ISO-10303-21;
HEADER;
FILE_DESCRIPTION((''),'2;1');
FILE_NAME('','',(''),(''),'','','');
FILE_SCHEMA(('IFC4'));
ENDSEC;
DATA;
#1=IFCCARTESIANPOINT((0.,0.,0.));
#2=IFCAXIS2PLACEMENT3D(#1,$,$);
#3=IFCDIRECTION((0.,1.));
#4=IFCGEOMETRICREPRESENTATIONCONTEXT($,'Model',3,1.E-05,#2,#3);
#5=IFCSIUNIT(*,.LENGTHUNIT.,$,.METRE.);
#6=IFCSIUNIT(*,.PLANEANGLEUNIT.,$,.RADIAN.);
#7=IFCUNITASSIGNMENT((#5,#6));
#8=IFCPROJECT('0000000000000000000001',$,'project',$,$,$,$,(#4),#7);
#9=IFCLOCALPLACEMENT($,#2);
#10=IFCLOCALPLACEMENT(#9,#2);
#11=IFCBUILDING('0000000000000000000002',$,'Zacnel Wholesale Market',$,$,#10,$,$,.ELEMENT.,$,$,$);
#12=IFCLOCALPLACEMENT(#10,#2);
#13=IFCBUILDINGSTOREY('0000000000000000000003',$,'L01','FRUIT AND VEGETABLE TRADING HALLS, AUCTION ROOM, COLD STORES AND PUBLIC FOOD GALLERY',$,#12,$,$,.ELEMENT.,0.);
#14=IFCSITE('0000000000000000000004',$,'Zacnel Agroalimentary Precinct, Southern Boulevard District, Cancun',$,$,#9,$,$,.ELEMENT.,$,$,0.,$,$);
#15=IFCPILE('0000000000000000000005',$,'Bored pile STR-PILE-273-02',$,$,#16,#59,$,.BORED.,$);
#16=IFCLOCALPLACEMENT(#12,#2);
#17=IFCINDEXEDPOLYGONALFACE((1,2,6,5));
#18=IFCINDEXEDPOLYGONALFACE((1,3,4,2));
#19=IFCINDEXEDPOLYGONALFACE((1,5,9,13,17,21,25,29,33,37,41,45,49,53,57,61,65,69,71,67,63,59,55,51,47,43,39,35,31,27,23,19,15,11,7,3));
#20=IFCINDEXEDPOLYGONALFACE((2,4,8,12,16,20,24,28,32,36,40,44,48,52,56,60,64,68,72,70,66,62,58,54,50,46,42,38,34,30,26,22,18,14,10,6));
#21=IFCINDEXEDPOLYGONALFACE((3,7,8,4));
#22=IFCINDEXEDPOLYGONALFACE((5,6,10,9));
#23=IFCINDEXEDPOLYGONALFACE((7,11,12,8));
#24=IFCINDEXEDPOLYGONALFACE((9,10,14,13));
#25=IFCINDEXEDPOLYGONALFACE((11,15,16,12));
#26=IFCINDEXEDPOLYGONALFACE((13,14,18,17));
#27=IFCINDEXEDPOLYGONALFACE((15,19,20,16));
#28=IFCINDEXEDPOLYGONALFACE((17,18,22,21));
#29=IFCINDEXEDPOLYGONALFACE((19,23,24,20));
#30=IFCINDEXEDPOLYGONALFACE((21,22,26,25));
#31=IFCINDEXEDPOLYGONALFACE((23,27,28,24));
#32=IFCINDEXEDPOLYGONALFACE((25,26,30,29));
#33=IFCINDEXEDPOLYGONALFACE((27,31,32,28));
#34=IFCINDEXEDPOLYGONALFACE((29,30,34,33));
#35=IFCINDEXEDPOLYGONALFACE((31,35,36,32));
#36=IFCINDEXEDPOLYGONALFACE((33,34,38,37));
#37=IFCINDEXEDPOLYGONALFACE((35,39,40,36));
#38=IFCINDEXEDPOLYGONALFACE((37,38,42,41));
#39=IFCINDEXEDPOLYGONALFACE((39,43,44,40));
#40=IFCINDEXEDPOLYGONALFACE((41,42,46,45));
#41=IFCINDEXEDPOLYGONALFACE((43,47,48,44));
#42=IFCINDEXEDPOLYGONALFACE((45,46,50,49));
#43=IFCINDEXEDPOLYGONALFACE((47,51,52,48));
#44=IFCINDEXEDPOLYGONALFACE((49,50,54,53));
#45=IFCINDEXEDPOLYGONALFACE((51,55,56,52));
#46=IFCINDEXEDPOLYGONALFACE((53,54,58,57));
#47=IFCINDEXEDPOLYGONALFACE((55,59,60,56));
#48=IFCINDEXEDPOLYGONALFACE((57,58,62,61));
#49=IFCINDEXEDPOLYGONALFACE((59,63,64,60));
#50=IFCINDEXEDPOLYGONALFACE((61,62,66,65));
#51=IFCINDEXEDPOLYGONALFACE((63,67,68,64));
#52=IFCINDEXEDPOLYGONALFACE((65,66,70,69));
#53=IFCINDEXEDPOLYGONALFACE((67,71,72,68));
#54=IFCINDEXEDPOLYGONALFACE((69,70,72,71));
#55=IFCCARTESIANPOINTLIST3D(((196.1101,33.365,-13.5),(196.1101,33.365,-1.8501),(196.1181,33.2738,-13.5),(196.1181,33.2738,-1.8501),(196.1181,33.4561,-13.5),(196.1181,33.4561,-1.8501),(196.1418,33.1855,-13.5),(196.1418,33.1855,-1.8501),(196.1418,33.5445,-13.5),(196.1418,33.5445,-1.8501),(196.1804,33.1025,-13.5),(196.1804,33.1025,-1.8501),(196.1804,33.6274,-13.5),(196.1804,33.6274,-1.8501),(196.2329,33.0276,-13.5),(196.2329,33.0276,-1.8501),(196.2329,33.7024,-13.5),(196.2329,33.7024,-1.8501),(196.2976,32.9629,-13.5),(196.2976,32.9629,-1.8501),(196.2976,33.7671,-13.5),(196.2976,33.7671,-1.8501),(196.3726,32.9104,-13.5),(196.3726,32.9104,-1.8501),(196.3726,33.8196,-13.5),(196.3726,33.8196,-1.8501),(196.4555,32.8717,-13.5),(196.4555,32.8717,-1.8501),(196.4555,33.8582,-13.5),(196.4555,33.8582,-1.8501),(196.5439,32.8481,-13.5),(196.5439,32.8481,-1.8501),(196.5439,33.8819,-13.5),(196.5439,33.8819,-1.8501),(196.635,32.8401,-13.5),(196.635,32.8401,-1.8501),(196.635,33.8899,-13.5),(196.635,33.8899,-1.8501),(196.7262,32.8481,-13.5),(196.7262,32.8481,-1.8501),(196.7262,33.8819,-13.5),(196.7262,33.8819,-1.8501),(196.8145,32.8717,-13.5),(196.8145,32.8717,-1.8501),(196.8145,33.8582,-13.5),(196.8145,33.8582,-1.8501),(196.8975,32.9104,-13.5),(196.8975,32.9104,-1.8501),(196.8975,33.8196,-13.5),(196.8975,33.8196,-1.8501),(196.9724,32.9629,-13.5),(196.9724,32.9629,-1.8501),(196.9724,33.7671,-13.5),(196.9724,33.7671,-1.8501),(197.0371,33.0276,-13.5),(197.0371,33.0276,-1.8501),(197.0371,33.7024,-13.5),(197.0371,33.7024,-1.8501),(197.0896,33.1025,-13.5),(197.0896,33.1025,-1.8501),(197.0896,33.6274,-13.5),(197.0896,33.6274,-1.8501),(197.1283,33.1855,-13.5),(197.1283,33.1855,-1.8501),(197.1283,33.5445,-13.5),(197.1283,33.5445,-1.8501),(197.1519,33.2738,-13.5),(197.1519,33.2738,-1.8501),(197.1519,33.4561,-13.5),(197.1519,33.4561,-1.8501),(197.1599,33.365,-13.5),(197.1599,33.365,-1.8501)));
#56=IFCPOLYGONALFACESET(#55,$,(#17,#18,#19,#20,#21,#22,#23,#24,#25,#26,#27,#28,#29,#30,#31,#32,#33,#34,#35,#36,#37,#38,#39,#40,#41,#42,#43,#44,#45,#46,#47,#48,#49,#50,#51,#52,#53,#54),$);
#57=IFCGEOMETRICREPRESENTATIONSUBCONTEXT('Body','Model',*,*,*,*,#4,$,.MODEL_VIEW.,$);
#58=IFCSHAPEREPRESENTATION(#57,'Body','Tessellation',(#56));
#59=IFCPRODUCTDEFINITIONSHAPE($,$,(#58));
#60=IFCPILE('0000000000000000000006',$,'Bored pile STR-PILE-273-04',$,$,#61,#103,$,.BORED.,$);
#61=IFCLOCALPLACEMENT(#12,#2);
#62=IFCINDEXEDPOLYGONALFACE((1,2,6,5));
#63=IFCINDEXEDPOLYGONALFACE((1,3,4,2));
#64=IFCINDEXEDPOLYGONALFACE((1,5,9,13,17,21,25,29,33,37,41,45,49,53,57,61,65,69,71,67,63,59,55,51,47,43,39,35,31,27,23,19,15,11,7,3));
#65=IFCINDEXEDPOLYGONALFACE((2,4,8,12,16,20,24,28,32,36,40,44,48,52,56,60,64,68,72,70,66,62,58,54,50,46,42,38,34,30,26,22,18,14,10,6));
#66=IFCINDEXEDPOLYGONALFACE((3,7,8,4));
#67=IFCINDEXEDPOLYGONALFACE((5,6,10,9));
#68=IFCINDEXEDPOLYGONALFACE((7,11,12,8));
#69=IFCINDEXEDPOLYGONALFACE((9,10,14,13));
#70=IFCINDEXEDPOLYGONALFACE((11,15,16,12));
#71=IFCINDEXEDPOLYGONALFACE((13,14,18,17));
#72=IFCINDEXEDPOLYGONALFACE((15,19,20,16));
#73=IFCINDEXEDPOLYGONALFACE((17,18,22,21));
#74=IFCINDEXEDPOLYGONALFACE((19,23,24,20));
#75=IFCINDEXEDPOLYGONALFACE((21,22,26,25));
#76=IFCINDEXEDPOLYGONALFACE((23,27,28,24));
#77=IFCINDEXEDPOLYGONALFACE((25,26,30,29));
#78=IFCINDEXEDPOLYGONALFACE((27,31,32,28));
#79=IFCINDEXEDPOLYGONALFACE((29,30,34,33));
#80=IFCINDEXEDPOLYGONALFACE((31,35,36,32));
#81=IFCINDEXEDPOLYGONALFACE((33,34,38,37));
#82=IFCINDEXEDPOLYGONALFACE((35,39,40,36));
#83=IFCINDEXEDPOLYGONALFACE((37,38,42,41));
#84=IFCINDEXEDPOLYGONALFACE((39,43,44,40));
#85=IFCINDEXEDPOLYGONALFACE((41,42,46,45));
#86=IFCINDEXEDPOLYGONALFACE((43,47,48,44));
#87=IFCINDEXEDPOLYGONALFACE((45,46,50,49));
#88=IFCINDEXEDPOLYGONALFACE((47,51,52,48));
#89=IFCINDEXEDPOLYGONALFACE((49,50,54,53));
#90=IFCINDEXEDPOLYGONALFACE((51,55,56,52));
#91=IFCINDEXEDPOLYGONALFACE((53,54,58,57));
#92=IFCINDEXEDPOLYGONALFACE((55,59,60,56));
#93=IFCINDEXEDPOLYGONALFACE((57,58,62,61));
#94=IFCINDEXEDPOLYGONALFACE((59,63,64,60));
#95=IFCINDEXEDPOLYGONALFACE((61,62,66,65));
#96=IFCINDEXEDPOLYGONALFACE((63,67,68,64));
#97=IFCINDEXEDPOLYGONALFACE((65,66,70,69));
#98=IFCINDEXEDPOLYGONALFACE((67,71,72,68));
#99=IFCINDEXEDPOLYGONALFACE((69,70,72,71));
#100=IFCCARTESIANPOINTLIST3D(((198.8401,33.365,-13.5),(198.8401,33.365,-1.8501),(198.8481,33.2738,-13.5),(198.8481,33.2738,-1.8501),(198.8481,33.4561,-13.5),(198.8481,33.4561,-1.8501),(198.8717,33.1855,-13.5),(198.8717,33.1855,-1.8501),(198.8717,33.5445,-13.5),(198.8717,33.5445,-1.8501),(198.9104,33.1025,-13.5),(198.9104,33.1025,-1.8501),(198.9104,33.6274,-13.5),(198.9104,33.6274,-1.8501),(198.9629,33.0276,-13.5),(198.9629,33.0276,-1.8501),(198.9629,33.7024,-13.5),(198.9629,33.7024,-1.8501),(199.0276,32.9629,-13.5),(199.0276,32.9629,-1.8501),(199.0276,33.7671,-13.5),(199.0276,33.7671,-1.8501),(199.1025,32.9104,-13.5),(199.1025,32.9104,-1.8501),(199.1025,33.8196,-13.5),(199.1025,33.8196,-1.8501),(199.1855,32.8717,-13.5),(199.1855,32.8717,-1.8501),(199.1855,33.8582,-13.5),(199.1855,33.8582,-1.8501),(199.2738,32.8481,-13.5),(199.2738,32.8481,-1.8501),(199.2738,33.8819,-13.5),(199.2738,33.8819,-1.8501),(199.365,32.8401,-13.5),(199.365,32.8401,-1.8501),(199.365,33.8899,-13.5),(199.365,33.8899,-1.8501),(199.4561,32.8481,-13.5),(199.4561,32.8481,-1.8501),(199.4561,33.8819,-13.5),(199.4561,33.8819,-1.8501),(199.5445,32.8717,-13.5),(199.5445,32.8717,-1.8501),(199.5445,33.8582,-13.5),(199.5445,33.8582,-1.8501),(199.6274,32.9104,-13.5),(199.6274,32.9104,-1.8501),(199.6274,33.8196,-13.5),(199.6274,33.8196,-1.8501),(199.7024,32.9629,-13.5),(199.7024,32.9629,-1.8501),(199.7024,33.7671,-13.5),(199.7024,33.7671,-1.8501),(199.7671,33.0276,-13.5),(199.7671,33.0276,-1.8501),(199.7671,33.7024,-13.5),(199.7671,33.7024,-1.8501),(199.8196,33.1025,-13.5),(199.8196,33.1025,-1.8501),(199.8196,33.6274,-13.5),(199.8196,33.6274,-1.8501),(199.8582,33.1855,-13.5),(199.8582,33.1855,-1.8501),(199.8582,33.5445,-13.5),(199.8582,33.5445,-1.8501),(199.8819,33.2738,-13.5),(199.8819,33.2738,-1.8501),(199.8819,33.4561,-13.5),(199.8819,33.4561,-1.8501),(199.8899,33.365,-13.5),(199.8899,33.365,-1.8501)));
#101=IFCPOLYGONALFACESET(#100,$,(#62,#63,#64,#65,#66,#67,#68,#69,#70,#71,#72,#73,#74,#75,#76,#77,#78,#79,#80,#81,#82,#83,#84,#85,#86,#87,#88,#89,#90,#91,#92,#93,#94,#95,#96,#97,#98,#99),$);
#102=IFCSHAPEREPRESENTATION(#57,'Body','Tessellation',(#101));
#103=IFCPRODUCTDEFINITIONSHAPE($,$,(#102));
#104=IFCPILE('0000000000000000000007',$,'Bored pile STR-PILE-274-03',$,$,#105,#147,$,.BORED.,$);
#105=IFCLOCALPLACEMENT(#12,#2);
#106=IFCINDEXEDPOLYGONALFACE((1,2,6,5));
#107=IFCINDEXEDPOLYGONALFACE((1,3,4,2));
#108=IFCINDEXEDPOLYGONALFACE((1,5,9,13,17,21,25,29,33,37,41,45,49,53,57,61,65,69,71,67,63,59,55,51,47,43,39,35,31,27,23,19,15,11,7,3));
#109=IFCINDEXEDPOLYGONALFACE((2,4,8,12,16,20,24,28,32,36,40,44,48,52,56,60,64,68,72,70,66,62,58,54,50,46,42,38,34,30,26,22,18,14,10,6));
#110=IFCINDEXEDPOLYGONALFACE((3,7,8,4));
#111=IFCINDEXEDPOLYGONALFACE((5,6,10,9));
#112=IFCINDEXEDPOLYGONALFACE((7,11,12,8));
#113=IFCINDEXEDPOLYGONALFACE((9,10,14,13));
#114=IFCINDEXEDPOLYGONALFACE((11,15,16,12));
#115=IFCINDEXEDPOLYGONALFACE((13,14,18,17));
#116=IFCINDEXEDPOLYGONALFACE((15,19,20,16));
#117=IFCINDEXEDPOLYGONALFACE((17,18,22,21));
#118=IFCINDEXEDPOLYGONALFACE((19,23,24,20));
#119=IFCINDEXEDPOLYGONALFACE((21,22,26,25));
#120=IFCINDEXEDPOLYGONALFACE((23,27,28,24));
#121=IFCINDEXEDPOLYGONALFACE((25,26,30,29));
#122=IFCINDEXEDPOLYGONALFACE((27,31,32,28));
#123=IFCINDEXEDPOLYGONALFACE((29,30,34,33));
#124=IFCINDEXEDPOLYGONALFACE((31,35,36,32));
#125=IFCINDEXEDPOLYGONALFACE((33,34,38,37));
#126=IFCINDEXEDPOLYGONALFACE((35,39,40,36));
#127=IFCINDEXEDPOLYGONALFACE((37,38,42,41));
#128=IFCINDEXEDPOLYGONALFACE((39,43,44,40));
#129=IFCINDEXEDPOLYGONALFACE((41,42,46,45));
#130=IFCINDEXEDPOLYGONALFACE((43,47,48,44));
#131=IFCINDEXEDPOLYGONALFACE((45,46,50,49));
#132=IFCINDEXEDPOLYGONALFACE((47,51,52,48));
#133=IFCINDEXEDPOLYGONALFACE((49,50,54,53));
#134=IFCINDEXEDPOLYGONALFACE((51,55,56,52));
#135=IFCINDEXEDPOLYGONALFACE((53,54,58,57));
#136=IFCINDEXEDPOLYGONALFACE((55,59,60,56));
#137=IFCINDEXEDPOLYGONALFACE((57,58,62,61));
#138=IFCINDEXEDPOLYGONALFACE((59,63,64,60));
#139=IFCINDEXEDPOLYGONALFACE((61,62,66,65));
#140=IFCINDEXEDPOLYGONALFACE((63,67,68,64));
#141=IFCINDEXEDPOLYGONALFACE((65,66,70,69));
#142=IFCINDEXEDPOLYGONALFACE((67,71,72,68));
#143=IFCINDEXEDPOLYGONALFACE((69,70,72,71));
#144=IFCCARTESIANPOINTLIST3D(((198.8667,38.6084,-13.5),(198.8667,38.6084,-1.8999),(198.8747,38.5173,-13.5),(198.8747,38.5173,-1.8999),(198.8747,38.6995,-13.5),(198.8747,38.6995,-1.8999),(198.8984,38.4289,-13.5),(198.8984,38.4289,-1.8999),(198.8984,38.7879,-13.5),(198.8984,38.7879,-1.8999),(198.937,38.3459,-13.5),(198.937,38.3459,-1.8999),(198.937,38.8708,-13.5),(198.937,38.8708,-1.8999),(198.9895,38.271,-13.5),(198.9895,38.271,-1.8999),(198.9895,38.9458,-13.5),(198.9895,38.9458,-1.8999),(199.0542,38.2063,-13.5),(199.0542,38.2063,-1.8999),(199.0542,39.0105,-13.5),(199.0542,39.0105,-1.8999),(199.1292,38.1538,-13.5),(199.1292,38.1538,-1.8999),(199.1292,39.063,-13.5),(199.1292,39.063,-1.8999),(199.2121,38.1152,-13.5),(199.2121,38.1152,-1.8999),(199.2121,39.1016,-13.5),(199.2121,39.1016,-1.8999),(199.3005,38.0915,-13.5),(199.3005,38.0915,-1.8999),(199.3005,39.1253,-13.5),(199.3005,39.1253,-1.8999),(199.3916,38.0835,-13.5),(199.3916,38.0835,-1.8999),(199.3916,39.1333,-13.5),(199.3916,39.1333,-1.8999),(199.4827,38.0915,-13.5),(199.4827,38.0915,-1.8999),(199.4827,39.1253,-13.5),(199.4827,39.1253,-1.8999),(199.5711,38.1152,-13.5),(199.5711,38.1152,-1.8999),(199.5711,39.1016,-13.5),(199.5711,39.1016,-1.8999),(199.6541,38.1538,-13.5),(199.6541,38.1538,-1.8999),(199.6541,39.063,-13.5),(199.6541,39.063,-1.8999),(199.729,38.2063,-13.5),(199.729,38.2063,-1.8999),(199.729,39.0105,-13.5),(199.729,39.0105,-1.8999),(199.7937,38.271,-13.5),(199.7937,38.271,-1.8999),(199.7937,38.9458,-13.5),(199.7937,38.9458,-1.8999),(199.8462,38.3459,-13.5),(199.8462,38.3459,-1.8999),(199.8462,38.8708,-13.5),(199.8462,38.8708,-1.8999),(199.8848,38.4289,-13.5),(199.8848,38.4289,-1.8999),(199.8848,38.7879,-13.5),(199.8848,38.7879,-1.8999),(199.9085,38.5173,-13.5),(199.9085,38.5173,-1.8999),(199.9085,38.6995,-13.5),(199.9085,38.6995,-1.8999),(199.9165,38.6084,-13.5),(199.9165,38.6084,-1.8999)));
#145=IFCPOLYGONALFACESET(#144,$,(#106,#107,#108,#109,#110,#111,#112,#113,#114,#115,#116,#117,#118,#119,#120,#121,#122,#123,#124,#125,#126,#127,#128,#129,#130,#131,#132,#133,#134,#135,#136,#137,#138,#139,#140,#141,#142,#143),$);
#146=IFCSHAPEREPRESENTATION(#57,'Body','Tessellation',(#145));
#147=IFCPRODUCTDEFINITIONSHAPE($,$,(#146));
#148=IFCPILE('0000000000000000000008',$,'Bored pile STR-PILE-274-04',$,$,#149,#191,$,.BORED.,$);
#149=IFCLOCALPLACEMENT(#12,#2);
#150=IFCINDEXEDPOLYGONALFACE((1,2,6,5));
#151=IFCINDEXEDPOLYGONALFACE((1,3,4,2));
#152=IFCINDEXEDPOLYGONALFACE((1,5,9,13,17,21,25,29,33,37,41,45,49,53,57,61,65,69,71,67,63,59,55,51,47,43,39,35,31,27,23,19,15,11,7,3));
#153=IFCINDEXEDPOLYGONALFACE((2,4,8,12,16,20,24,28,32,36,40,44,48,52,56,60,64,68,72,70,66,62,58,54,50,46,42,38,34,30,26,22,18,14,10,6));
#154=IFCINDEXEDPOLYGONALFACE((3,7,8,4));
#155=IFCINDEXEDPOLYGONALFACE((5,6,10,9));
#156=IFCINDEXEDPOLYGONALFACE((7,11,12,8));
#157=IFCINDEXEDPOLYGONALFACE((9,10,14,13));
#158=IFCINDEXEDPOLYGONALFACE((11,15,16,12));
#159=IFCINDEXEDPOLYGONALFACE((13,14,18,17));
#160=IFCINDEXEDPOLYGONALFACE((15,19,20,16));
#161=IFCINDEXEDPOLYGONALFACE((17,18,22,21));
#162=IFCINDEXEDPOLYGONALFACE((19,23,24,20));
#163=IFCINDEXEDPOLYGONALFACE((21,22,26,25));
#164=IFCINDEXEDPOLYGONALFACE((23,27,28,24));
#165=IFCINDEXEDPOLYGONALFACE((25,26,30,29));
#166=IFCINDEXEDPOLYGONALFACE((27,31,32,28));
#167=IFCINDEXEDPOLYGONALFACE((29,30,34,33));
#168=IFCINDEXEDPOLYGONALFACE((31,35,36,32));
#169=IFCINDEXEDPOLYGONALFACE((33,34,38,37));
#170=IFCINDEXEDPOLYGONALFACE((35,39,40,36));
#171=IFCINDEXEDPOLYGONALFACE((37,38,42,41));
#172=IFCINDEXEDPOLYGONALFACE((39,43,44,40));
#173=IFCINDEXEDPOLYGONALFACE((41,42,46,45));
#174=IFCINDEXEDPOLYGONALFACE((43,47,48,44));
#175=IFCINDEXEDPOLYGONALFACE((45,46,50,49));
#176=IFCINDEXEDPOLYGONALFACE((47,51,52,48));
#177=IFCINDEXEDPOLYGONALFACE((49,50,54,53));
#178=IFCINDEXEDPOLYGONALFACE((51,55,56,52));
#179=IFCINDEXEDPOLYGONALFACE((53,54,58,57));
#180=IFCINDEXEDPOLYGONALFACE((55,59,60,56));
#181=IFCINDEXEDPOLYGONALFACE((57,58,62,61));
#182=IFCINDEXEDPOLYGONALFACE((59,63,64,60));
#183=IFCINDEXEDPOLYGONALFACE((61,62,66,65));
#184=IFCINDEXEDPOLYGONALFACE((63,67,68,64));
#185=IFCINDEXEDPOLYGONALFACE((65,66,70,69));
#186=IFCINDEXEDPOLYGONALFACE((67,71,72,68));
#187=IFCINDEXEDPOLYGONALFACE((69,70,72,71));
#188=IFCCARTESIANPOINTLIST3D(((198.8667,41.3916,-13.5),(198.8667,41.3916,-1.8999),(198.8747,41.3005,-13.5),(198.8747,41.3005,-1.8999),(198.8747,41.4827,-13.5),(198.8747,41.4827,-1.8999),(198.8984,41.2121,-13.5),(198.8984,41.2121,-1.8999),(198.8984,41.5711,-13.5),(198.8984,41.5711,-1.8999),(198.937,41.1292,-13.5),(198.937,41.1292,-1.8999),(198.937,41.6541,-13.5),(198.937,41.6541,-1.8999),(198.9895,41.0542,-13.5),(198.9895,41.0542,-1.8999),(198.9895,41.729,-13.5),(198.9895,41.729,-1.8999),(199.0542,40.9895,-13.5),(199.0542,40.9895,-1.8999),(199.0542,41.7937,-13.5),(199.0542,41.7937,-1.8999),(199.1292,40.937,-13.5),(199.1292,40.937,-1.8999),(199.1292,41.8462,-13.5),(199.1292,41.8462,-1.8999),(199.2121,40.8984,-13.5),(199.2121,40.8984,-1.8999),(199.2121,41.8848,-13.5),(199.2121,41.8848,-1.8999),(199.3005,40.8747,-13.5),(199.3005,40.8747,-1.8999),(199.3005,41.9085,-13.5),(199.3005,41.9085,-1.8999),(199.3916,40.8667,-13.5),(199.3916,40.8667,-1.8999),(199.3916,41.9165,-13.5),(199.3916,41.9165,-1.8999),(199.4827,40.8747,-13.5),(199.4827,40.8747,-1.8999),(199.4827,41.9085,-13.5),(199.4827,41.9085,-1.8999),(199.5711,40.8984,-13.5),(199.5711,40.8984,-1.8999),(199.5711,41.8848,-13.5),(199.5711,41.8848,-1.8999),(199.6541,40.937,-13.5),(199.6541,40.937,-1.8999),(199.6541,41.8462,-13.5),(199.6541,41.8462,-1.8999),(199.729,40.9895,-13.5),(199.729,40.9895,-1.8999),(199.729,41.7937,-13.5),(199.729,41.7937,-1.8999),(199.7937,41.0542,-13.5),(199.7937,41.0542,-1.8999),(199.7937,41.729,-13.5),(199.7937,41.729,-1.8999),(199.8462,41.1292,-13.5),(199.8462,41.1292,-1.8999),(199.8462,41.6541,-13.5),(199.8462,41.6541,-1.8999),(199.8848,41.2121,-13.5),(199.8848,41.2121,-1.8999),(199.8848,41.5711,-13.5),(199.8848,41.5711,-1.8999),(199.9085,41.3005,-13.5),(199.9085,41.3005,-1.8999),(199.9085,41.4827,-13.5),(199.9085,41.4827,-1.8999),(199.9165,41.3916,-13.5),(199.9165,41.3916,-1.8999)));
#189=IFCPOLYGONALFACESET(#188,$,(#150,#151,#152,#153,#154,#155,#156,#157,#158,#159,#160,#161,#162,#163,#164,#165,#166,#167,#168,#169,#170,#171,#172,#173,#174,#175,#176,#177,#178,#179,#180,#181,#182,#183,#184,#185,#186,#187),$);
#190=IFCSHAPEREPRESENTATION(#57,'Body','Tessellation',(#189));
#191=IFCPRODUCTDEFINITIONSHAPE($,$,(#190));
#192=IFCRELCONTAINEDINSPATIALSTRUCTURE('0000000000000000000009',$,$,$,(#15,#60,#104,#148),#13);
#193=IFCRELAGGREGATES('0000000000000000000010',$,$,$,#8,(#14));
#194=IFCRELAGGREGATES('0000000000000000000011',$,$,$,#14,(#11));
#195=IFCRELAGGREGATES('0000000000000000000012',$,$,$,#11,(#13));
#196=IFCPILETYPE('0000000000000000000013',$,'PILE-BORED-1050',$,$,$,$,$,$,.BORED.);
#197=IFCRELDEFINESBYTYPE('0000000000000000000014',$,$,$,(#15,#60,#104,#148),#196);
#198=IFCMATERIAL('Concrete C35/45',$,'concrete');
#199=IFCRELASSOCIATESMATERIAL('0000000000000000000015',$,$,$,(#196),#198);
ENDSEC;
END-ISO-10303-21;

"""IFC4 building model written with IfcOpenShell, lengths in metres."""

from ifc_helpers import new_model, si_unit, direction, frame, origin, origin_2d, place, context, subcontext, project, spatial, circle, extrude, material, material_profile, profile_set, type_object, element, save


model = new_model("IFC4")

# Units and contexts
model_context = context("Model", 3, precision=1e-05, world=origin(), true_north=direction((0.0, 1.0)))
body_context = subcontext(model_context, "Body", "Model", "MODEL_VIEW")
ifc_project = project(units=[si_unit("LENGTHUNIT", "METRE"), si_unit("PLANEANGLEUNIT", "RADIAN")], contexts=[model_context])

# Site, building, storey
site_placement = place(None, origin())
site = spatial("IfcSite", under=ifc_project, at=site_placement, Name="Zacnel Agroalimentary Precinct, Southern Boulevard District, Cancun", CompositionType="ELEMENT", RefElevation=0.0)
building_placement = place(site_placement, origin())
building = spatial("IfcBuilding", under=site, at=building_placement, Name="Zacnel Wholesale Market", CompositionType="ELEMENT")
storey_placement = place(building_placement, origin())
storey = spatial("IfcBuildingStorey", under=building, at=storey_placement, Name="L01", Description="FRUIT AND VEGETABLE TRADING HALLS, AUCTION ROOM, COLD STORES AND PUBLIC FOOD GALLERY", CompositionType="ELEMENT", Elevation=0.0)

# Piles
ifc_material_1 = material(Name="Concrete C35/45", Category="concrete")
ifc_material_profile_1 = material_profile(ifc_material_1, circle(Radius=0.5249, at=origin_2d()), Name="BORED PILE D1050")
ifc_profile_set_1 = profile_set([ifc_material_profile_1], Name="Concrete C35/45")
pile_type = type_object("IfcPileType", Name="PILE-BORED-1050", PredefinedType="BORED", material=ifc_profile_set_1)
for number, where, z_axis, x_axis, name in (
    (1, (196.635, 33.365, -1.8501), (0.0, 0.0, -1.0), (1.0, 0.0, 0.0), "Bored pile STR-PILE-273-02"),
    (2, (199.365, 33.365, -1.8501), (0.0, 0.0, -1.0), (1.0, 0.0, 0.0), "Bored pile STR-PILE-273-04"),
):
    element("IfcPile", number, at=place(storey_placement, frame(where, z_axis=z_axis, x_axis=x_axis)), inside=storey, type_object=pile_type, Name=name, PredefinedType="BORED", context=body_context, shape_type="SweptSolid", body=[
        extrude(circle(Radius=0.5249, at=origin_2d()), origin(), (0.0, 0.0, 1.0), 11.6499),
    ])
for number, where, z_axis, x_axis, name in (
    (3, (199.3916, 38.6084, -1.8999), (0.0, 0.0, -1.0), (1.0, 0.0, 0.0), "Bored pile STR-PILE-274-03"),
    (4, (199.3916, 41.3916, -1.8999), (0.0, 0.0, -1.0), (1.0, 0.0, 0.0), "Bored pile STR-PILE-274-04"),
):
    element("IfcPile", number, at=place(storey_placement, frame(where, z_axis=z_axis, x_axis=x_axis)), inside=storey, type_object=pile_type, Name=name, PredefinedType="BORED", context=body_context, shape_type="SweptSolid", body=[
        extrude(circle(Radius=0.5249, at=origin_2d()), origin(), (0.0, 0.0, 1.0), 11.6001),
    ])

save(model, "model.ifc")
